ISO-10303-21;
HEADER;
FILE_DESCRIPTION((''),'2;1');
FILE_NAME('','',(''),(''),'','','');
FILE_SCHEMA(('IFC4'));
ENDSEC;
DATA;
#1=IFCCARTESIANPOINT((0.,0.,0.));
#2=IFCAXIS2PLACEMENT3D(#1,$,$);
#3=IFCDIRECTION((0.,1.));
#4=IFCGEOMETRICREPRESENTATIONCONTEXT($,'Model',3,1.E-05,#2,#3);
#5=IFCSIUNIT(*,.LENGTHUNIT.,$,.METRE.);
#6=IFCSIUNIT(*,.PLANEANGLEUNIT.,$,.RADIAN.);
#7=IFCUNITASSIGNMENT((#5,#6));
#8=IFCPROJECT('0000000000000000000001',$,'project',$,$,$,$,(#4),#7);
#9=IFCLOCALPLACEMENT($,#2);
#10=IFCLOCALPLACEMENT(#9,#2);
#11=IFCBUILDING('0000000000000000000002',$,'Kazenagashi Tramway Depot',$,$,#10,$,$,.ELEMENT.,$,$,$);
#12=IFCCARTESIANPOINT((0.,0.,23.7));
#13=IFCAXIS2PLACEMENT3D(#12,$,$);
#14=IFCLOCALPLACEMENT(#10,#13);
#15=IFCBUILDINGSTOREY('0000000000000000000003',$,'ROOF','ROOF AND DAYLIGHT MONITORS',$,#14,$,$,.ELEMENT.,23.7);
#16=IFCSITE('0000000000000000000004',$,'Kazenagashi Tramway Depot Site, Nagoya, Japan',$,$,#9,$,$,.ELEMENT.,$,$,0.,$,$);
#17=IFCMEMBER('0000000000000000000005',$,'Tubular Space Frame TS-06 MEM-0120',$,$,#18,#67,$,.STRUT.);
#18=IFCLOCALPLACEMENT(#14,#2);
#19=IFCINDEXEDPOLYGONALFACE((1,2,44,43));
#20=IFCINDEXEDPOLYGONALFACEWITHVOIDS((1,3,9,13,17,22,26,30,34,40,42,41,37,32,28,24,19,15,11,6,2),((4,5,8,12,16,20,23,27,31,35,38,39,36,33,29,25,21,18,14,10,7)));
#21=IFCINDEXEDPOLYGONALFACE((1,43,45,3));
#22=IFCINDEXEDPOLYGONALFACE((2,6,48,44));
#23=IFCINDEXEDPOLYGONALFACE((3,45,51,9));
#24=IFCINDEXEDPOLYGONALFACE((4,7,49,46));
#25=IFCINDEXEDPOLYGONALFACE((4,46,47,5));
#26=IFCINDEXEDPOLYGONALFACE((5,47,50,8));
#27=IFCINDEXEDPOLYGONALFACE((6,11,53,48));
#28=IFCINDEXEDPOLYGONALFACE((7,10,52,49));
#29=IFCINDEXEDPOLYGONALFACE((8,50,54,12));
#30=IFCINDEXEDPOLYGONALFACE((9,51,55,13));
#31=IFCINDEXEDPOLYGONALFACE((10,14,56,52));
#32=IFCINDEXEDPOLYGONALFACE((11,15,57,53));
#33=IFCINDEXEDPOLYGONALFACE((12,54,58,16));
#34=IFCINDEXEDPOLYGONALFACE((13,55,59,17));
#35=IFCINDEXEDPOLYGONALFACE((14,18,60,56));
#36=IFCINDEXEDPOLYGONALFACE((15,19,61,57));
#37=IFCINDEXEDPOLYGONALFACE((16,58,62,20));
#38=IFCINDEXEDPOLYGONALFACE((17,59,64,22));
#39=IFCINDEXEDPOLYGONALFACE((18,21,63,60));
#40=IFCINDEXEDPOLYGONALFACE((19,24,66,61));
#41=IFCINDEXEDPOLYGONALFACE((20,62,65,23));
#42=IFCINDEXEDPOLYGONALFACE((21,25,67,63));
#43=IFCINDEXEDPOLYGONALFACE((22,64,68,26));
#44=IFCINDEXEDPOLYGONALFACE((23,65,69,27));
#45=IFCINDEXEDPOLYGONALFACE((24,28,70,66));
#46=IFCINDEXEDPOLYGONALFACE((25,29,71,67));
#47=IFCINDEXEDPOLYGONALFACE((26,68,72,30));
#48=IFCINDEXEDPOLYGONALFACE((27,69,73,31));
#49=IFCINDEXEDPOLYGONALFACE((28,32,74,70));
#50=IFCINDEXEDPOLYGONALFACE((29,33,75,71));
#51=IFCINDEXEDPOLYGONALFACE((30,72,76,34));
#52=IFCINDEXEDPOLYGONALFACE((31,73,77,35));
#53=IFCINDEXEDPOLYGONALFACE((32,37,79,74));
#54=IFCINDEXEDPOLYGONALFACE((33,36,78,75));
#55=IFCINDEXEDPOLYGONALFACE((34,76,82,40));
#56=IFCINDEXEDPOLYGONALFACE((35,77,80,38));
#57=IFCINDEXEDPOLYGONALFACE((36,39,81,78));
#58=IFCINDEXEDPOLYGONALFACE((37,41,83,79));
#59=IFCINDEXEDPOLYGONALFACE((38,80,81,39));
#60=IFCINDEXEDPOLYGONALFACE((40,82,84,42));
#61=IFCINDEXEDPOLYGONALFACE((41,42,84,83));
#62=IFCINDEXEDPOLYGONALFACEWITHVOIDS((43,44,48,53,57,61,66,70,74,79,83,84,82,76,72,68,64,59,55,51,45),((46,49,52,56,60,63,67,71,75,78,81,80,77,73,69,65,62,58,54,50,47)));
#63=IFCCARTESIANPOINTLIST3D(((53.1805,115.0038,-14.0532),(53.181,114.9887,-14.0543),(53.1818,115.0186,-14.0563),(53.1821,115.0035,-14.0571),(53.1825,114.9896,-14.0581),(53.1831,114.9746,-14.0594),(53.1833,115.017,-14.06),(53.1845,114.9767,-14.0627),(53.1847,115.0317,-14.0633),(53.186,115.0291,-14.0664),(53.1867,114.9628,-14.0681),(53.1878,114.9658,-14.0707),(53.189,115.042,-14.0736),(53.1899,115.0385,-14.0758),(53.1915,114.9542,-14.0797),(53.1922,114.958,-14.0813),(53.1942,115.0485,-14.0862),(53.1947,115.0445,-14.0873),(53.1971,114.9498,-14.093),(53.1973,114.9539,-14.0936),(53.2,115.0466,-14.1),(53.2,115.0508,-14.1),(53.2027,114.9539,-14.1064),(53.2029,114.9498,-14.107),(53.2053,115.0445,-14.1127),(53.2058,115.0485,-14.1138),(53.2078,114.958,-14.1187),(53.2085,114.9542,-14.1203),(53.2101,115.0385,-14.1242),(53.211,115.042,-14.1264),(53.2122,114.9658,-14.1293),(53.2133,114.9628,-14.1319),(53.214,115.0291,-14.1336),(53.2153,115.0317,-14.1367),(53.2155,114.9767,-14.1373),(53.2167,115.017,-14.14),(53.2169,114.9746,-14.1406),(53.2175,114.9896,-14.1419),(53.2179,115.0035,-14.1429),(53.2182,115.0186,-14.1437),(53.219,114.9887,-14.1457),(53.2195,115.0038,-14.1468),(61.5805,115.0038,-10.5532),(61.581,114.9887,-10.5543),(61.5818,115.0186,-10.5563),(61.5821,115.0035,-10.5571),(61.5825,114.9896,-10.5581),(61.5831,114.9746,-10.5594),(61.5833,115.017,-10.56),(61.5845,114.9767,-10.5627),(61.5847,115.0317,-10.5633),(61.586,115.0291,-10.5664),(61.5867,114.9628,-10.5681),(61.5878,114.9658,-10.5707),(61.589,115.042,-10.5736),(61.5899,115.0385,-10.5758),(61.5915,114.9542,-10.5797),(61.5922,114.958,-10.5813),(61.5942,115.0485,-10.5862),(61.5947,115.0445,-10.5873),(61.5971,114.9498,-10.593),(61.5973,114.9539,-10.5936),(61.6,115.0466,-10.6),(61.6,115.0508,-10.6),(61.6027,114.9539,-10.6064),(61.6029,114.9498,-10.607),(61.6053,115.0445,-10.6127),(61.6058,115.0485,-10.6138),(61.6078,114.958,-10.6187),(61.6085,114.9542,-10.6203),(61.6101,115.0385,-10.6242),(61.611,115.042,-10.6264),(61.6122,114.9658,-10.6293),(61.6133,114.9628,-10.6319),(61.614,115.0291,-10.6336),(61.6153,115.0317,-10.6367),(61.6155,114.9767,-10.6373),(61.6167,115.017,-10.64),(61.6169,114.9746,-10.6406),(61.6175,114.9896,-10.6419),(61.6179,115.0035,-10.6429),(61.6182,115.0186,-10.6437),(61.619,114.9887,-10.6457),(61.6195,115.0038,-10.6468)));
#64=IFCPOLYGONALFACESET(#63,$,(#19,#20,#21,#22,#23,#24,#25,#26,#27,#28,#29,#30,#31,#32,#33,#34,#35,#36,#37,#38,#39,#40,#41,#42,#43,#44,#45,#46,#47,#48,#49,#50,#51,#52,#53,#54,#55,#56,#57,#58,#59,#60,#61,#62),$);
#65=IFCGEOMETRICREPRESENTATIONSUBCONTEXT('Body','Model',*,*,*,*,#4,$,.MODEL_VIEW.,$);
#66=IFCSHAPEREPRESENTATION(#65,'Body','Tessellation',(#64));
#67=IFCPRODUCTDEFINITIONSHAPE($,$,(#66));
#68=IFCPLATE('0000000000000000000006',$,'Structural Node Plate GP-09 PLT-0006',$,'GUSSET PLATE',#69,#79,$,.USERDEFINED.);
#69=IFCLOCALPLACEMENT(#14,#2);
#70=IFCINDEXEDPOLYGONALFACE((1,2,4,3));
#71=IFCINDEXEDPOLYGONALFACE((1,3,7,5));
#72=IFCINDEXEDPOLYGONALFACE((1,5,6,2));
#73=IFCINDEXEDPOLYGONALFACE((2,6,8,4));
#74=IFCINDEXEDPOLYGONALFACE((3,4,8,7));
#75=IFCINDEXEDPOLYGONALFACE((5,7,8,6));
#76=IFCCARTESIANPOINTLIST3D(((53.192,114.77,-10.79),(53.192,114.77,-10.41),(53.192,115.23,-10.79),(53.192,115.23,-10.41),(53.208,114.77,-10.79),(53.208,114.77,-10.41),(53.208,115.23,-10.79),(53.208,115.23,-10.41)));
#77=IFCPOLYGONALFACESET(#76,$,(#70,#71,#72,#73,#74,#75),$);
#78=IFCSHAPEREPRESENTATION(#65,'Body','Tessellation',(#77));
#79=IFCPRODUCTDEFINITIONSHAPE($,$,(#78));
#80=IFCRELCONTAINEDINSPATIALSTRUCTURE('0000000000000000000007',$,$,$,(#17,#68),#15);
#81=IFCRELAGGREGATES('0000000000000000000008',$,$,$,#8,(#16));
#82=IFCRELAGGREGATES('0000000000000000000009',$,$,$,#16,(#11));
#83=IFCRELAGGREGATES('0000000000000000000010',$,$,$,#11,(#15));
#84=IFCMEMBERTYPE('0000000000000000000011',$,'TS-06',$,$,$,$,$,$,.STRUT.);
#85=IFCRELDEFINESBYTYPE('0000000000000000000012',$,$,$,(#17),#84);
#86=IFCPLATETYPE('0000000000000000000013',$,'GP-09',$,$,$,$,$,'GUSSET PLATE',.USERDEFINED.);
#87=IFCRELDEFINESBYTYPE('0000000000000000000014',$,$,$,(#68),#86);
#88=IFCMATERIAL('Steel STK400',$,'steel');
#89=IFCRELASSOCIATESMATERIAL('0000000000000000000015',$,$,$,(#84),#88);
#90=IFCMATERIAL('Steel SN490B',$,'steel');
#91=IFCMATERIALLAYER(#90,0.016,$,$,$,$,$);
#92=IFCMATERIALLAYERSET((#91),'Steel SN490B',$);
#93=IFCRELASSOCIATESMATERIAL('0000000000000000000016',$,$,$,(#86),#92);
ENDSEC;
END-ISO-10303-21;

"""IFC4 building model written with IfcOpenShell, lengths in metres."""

from ifc_helpers import new_model, si_unit, direction, frame, origin, origin_2d, place, context, subcontext, project, spatial, rectangle, hollow_circle, extrude, material, layer, layer_set, material_profile, profile_set, type_object, element, save


model = new_model("IFC4")

# Units and contexts
model_context = context("Model", 3, precision=1e-05, world=origin(), true_north=direction((0.0, 1.0)))
body_context = subcontext(model_context, "Body", "Model", "MODEL_VIEW")
ifc_project = project(units=[si_unit("LENGTHUNIT", "METRE"), si_unit("PLANEANGLEUNIT", "RADIAN")], contexts=[model_context])

# Site, building, storey
site_placement = place(None, origin())
site = spatial("IfcSite", under=ifc_project, at=site_placement, Name="Kazenagashi Tramway Depot Site, Nagoya, Japan", CompositionType="ELEMENT", RefElevation=0.0)
building_placement = place(site_placement, origin())
building = spatial("IfcBuilding", under=site, at=building_placement, Name="Kazenagashi Tramway Depot", CompositionType="ELEMENT")
storey_placement = place(building_placement, frame((0.0, 0.0, 23.7)))
storey = spatial("IfcBuildingStorey", under=building, at=storey_placement, Name="ROOF", Description="ROOF AND DAYLIGHT MONITORS", CompositionType="ELEMENT", Elevation=23.7)

# Member
ifc_material_1 = material(Name="Steel STK400", Category="steel")
ifc_material_profile_1 = material_profile(ifc_material_1, hollow_circle(Radius=0.0508, WallThickness=0.0042, at=origin_2d()), Name="CHS-101.6x4.2")
ifc_profile_set_1 = profile_set([ifc_material_profile_1], Name="Steel STK400")
member_type_1 = type_object("IfcMemberType", Name="TS-06", PredefinedType="STRUT", material=ifc_profile_set_1)
member_1_placement = place(storey_placement, frame((53.2, 115.0, -14.1), z_axis=(0.923077, 0.0, 0.384615), x_axis=(0.0, 1.0, 0.0)))
element("IfcMember", 1, at=member_1_placement, inside=storey, type_object=member_type_1, Name="Tubular Space Frame TS-06 MEM-0120", PredefinedType="STRUT", context=body_context, shape_type="SweptSolid", body=[
    extrude(hollow_circle(Radius=0.0508, WallThickness=0.0042, at=origin_2d()), origin(), (0.0, 0.0, 1.0), 9.1),
])

# Plate
ifc_material_2 = material(Name="Steel SN490B", Category="steel")
ifc_layer = layer(ifc_material_2, 0.016)
ifc_layer_set = layer_set([ifc_layer], Name="Steel SN490B")
plate_type = type_object("IfcPlateType", Name="GP-09", ElementType="GUSSET PLATE", PredefinedType="USERDEFINED", material=ifc_layer_set)
plate_placement = place(storey_placement, frame((53.2, 115.0, -10.79), z_axis=(0.0, 0.0, 1.0), x_axis=(0.0, 1.0, 0.0)))
element("IfcPlate", 2, at=plate_placement, inside=storey, type_object=plate_type, Name="Structural Node Plate GP-09 PLT-0006", ObjectType="GUSSET PLATE", PredefinedType="USERDEFINED", context=body_context, shape_type="SweptSolid", body=[
    extrude(rectangle(XDim=0.46, YDim=0.016, at=origin_2d()), origin(), (0.0, 0.0, 1.0), 0.38),
])

save(model, "model.ifc")
